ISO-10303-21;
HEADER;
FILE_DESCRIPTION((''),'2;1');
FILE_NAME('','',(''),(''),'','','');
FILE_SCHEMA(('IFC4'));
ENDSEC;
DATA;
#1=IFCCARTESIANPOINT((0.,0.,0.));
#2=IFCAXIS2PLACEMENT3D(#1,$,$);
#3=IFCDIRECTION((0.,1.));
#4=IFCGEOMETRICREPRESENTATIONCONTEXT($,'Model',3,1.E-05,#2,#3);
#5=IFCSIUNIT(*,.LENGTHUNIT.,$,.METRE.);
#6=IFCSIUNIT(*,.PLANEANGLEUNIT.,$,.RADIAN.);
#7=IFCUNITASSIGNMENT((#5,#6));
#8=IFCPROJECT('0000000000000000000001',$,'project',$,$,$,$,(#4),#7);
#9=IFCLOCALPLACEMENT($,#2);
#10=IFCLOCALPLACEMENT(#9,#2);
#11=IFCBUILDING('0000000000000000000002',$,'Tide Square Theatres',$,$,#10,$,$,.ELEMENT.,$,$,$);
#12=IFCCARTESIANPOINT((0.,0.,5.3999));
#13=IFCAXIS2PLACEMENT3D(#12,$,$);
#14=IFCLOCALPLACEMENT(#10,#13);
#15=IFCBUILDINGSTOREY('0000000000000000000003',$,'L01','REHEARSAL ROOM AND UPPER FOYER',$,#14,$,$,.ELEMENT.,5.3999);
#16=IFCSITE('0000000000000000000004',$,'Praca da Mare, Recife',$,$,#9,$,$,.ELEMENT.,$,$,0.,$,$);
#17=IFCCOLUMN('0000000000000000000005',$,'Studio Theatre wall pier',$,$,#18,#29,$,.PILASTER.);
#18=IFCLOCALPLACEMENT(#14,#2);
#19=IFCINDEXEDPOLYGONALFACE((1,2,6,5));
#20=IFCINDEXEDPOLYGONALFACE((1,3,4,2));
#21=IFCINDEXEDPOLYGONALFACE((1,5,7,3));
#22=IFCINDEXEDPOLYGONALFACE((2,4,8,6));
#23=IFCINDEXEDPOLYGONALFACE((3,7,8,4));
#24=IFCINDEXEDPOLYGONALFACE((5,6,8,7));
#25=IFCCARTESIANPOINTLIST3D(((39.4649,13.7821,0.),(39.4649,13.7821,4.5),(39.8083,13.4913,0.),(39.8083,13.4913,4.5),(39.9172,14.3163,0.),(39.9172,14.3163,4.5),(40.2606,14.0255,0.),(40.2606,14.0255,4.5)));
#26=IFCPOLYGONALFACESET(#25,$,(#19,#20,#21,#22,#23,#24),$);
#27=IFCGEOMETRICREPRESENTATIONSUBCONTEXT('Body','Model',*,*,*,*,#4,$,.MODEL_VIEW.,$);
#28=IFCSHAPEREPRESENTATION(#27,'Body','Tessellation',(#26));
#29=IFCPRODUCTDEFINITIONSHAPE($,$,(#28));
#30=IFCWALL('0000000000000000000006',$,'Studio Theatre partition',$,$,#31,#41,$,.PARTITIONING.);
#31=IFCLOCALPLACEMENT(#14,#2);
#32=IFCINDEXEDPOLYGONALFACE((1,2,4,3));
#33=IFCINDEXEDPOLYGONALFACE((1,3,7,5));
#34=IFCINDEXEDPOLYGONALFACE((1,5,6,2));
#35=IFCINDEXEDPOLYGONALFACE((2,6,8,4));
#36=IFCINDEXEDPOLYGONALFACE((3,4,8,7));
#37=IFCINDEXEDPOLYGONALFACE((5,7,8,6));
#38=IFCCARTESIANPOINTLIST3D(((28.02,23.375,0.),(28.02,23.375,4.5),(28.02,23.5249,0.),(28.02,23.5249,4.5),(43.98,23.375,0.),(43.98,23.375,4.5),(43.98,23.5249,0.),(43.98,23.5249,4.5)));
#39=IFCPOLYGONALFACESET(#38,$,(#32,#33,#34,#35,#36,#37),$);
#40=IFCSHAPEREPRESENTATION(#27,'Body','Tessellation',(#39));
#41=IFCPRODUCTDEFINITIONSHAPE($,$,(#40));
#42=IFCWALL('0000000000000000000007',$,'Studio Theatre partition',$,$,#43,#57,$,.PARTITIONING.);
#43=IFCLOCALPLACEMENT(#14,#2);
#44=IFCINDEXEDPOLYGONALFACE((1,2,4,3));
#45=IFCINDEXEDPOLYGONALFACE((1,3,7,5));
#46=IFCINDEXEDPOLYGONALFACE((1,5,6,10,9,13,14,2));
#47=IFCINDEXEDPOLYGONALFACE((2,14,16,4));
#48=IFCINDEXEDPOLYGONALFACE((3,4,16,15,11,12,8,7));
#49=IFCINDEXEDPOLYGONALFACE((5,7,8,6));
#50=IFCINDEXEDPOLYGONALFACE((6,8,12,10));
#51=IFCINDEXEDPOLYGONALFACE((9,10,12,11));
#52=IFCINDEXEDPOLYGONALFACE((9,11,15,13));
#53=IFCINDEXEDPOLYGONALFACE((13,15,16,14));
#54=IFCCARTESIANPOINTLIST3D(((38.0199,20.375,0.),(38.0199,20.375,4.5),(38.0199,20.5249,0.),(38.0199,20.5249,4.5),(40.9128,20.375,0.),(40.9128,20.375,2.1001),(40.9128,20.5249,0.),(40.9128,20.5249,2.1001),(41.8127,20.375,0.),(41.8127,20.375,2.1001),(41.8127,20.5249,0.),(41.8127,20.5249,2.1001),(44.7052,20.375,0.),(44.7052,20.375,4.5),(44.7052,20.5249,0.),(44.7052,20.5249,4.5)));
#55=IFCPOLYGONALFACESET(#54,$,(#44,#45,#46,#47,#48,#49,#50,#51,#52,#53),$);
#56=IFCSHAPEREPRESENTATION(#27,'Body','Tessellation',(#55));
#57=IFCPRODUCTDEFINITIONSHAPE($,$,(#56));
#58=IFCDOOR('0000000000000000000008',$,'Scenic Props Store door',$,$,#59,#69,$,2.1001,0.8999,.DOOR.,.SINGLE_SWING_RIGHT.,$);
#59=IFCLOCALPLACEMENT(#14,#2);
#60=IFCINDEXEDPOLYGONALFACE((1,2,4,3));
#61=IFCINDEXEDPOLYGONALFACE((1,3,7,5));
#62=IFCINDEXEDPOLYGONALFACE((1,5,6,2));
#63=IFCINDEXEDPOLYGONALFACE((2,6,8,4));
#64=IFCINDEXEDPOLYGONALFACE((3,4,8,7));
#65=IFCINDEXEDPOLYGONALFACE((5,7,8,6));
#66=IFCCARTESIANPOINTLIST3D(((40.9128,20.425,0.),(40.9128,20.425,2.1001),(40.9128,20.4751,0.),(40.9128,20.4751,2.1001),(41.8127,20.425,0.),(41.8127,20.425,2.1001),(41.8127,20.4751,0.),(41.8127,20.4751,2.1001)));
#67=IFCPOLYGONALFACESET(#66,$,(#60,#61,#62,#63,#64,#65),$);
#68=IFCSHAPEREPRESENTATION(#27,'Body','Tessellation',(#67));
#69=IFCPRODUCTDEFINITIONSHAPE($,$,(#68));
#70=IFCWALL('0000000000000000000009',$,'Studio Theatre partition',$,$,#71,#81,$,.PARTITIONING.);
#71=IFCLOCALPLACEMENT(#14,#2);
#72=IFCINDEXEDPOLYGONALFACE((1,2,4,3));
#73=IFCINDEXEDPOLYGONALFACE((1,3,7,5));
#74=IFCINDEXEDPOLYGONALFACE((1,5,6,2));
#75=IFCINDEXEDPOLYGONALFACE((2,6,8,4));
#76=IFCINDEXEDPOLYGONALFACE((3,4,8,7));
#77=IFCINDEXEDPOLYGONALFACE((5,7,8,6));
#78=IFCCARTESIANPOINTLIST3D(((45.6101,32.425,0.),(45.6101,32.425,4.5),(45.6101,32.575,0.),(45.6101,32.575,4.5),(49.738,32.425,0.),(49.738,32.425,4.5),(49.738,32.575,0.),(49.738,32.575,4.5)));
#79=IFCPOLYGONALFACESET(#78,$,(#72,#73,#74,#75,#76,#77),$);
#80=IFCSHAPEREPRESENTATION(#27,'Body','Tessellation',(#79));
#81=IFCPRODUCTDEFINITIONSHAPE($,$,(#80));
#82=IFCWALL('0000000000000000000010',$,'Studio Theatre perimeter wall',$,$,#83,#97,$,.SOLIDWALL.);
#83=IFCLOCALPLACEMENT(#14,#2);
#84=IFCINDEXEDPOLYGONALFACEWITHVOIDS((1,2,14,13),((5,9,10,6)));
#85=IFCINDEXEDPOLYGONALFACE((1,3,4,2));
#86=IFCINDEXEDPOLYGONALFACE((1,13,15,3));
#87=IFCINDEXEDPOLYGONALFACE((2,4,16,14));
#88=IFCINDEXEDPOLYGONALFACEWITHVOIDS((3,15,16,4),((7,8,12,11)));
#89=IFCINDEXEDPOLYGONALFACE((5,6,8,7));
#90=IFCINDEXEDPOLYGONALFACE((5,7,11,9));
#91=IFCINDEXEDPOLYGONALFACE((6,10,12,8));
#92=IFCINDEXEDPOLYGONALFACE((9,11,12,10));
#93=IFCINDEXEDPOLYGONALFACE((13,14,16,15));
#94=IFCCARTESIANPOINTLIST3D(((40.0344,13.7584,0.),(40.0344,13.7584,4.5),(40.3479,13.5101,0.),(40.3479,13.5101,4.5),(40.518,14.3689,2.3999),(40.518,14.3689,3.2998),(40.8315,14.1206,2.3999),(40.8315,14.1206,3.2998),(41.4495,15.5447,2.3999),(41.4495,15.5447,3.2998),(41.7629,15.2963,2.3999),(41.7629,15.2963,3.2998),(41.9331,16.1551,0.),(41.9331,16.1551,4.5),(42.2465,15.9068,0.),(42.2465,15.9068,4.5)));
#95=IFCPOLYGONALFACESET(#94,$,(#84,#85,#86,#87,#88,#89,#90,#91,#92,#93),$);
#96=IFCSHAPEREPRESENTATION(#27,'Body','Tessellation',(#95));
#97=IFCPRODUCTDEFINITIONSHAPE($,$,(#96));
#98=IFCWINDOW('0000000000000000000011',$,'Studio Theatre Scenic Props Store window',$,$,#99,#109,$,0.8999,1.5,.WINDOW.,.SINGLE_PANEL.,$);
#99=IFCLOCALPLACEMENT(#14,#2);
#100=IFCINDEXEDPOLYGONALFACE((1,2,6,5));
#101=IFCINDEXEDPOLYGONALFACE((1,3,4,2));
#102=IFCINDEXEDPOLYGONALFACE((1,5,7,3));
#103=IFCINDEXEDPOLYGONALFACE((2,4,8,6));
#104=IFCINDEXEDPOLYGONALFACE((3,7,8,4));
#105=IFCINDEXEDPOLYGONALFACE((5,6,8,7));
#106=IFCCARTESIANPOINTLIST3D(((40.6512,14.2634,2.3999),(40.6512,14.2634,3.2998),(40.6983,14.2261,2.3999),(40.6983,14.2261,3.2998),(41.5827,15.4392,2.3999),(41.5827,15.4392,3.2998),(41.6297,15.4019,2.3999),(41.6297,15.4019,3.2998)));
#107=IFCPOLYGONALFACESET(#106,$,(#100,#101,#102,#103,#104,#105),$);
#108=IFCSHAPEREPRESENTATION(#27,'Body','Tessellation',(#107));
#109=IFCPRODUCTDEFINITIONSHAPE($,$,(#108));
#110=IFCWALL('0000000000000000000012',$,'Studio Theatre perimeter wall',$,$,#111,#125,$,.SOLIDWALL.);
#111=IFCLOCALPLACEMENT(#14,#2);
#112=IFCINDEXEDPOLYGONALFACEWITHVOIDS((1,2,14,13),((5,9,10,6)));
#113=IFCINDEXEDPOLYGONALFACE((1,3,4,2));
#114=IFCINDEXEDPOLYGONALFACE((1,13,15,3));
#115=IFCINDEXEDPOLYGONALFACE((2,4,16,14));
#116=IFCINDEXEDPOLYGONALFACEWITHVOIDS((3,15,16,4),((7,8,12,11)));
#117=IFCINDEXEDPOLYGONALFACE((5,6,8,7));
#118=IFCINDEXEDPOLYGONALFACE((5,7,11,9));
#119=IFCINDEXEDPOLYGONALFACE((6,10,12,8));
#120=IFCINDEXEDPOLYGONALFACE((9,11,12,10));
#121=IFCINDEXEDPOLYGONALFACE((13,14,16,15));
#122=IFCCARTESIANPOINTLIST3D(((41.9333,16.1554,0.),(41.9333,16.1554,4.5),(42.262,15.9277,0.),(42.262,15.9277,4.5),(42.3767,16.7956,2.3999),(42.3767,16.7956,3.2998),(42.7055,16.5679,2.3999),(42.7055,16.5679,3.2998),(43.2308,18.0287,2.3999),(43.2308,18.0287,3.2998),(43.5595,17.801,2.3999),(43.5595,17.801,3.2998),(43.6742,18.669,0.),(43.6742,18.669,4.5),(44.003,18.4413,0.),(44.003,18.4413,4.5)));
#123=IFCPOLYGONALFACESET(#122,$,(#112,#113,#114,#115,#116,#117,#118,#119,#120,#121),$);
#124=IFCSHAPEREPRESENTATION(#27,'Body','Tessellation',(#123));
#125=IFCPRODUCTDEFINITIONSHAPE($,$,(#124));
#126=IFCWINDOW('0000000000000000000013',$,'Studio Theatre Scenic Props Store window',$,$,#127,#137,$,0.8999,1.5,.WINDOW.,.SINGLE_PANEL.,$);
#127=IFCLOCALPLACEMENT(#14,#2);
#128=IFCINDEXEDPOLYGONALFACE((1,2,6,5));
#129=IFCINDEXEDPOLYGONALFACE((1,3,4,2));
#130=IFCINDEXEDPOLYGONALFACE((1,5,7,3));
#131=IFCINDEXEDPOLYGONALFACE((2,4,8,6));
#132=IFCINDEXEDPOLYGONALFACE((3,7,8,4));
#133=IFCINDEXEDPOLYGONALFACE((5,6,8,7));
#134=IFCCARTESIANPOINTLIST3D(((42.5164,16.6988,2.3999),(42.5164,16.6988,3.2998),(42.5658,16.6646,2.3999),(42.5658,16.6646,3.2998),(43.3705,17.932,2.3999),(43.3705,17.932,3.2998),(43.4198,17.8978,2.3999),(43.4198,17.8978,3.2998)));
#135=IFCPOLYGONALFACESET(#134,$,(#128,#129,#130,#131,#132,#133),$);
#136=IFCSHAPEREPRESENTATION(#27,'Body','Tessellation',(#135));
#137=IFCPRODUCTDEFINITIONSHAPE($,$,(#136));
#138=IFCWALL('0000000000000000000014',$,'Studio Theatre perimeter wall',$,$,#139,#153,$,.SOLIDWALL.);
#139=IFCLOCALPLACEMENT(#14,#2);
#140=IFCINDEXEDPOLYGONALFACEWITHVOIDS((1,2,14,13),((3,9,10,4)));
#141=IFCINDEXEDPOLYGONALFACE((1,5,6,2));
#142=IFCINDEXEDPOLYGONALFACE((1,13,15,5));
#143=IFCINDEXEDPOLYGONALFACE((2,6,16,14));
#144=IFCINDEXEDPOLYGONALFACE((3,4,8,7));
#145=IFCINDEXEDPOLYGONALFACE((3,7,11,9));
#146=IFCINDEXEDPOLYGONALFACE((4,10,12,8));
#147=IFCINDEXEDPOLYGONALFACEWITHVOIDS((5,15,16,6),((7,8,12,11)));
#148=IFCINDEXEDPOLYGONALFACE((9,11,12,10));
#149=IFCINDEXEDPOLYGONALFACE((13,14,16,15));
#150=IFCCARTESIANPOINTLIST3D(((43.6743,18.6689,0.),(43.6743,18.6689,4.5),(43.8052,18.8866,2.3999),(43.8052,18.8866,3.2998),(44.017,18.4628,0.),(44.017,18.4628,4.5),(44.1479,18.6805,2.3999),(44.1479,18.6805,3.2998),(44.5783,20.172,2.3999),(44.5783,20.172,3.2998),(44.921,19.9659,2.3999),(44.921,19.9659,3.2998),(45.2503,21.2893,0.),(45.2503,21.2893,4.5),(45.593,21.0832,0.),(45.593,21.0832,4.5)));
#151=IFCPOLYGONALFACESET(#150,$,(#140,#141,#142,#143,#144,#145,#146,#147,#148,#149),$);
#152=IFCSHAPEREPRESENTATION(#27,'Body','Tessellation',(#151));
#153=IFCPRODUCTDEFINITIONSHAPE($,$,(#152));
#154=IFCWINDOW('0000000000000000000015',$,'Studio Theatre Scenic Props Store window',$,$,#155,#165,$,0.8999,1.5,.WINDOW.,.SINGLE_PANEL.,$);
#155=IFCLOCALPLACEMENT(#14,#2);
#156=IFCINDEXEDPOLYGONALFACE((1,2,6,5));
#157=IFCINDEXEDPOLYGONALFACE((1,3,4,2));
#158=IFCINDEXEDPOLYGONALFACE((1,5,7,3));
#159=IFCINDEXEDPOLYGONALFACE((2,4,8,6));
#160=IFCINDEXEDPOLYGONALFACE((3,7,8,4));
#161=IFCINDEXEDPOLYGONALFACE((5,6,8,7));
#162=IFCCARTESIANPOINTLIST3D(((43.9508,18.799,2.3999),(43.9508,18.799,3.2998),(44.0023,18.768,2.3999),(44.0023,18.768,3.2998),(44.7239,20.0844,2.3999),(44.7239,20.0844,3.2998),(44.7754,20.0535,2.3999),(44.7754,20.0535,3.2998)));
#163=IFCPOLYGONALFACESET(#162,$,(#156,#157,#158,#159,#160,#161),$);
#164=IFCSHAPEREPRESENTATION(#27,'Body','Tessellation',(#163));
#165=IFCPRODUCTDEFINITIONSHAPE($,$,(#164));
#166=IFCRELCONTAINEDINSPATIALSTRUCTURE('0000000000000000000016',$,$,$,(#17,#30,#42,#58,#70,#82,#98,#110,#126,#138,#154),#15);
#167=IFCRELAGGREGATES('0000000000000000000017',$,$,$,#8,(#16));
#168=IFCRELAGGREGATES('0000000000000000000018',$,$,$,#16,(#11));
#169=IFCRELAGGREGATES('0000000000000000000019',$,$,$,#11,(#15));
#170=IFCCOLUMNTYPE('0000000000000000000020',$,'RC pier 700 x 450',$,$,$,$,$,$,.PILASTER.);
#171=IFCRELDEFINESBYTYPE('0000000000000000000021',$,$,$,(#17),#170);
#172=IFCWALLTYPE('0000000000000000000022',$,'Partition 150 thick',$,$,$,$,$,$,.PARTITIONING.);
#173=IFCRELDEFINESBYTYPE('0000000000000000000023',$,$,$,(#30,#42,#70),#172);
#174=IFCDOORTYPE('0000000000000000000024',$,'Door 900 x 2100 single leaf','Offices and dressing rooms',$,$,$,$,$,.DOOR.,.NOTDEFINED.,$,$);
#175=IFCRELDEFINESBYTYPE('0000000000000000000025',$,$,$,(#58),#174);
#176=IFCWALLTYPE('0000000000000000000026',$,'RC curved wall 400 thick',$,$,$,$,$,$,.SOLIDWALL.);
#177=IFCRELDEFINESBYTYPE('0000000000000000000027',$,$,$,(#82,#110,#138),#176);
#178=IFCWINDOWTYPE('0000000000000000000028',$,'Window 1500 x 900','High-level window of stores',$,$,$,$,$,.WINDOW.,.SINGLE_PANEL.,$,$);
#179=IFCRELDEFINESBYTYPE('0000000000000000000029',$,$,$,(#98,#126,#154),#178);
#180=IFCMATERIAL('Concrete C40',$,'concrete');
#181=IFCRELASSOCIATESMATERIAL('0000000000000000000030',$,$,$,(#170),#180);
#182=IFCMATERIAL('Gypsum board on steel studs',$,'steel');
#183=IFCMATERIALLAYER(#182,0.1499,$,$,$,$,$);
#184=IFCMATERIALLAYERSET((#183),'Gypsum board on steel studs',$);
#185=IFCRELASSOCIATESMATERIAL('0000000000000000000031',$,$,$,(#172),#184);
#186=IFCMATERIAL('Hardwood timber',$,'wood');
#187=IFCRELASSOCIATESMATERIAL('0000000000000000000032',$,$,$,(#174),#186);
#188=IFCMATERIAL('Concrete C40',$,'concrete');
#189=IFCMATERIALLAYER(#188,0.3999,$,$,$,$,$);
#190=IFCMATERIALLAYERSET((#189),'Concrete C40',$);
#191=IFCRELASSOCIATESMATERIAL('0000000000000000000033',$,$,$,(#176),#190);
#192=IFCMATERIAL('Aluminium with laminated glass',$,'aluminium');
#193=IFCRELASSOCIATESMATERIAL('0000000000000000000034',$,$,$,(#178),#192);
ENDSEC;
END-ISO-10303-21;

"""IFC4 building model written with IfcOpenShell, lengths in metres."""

from ifc_helpers import new_model, si_unit, direction, frame, frame_2d, origin, origin_2d, place, context, subcontext, project, spatial, rectangle, extrude, material, layer, layer_set, material_profile, profile_set, type_object, element, fill, save


model = new_model("IFC4")

# Units and contexts
model_context = context("Model", 3, precision=1e-05, world=origin(), true_north=direction((0.0, 1.0)))
body_context = subcontext(model_context, "Body", "Model", "MODEL_VIEW")
ifc_project = project(units=[si_unit("LENGTHUNIT", "METRE"), si_unit("PLANEANGLEUNIT", "RADIAN")], contexts=[model_context])

# Site, building, storey
site_placement = place(None, origin())
site = spatial("IfcSite", under=ifc_project, at=site_placement, Name="Praca da Mare, Recife", CompositionType="ELEMENT", RefElevation=0.0)
building_placement = place(site_placement, origin())
building = spatial("IfcBuilding", under=site, at=building_placement, Name="Tide Square Theatres", CompositionType="ELEMENT")
storey_placement = place(building_placement, frame((0.0, 0.0, 5.3999)))
storey = spatial("IfcBuildingStorey", under=building, at=storey_placement, Name="L01", Description="REHEARSAL ROOM AND UPPER FOYER", CompositionType="ELEMENT", Elevation=5.3999)

# Column
ifc_material_1 = material(Name="Concrete C40", Category="concrete")
ifc_material_profile = material_profile(ifc_material_1, rectangle(XDim=0.7, YDim=0.45, at=origin_2d()))
ifc_profile_set = profile_set([ifc_material_profile], Name="Concrete C40")
column_type = type_object("IfcColumnType", Name="RC pier 700 x 450", PredefinedType="PILASTER", material=ifc_profile_set)
column_placement = place(storey_placement, frame((39.8628, 13.9038, 0.0), z_axis=(0.0, 0.0, 1.0), x_axis=(0.646184, 0.763182, 0.0)))
element("IfcColumn", 1, at=column_placement, inside=storey, type_object=column_type, Name="Studio Theatre wall pier", PredefinedType="PILASTER", context=body_context, shape_type="SweptSolid", body=[
    extrude(rectangle(XDim=0.7, YDim=0.45, at=origin_2d()), origin(), (0.0, 0.0, 1.0), 4.5),
])

# Wall
ifc_material_2 = material(Name="Gypsum board on steel studs", Category="steel")
ifc_layer_1 = layer(ifc_material_2, 0.1499)
ifc_layer_set_1 = layer_set([ifc_layer_1], Name="Gypsum board on steel studs")
wall_type_1 = type_object("IfcWallType", Name="Partition 150 thick", PredefinedType="PARTITIONING", material=ifc_layer_set_1)
wall_1_placement = place(storey_placement, frame((43.98, 23.45, 0.0), z_axis=(0.0, 0.0, 1.0), x_axis=(-1.0, 0.0, 0.0)))
element("IfcWall", 2, at=wall_1_placement, inside=storey, type_object=wall_type_1, Name="Studio Theatre partition", PredefinedType="PARTITIONING", context=body_context, shape_type="SweptSolid", body=[
    extrude(rectangle(XDim=15.96, YDim=0.1499, at=frame_2d((7.98, 0.0))), origin(), (0.0, 0.0, 1.0), 4.5),
])

# Wall, opening, door
wall_2_placement = place(storey_placement, frame((44.7053, 20.45, 0.0), z_axis=(0.0, 0.0, 1.0), x_axis=(-1.0, 0.0, 0.0)))
wall_2 = element("IfcWall", 3, at=wall_2_placement, inside=storey, type_object=wall_type_1, Name="Studio Theatre partition", PredefinedType="PARTITIONING", context=body_context, shape_type="SweptSolid", body=[
    extrude(rectangle(XDim=6.6853, YDim=0.1499, at=frame_2d((3.3428, 0.0))), origin(), (0.0, 0.0, 1.0), 4.5),
])
opening_1_placement = place(wall_2_placement, frame((2.8926, 0.0, 0.0)))
opening_1 = element("IfcOpeningElement", 4, at=opening_1_placement, cuts=wall_2, PredefinedType="OPENING", context=body_context, shape_type="SweptSolid", body=[
    extrude(rectangle(XDim=0.8999, YDim=2.1001, at=frame_2d((0.45, 1.05))), frame((0.0, 0.085, 0.0), z_axis=(0.0, -1.0, 0.0), x_axis=(1.0, 0.0, 0.0)), (0.0, 0.0, 1.0), 0.1699),
])
ifc_material_3 = material(Name="Hardwood timber", Category="wood")
door_type = type_object("IfcDoorType", Name="Door 900 x 2100 single leaf", Description="Offices and dressing rooms", OperationType="NOTDEFINED", PredefinedType="DOOR", material=ifc_material_3)
door_placement = place(opening_1_placement, origin())
door = element("IfcDoor", 5, at=door_placement, inside=storey, type_object=door_type, Name="Scenic Props Store door", OperationType="SINGLE_SWING_RIGHT", OverallHeight=2.1001, OverallWidth=0.8999, PredefinedType="DOOR", context=body_context, shape_type="SweptSolid", body=[
    extrude(rectangle(XDim=0.8999, YDim=2.1001, at=frame_2d((0.45, 1.05))), frame((0.0, 0.0249, 0.0), z_axis=(0.0, -1.0, 0.0), x_axis=(1.0, 0.0, 0.0)), (0.0, 0.0, 1.0), 0.05),
])
fill(opening_1, door)

# Wall
wall_3_placement = place(storey_placement, frame((45.6101, 32.5, 0.0), z_axis=(0.0, 0.0, 1.0), x_axis=(1.0, 0.0, 0.0)))
element("IfcWall", 6, at=wall_3_placement, inside=storey, type_object=wall_type_1, Name="Studio Theatre partition", PredefinedType="PARTITIONING", context=body_context, shape_type="SweptSolid", body=[
    extrude(rectangle(XDim=4.1279, YDim=0.1499, at=frame_2d((2.064, 0.0))), origin(), (0.0, 0.0, 1.0), 4.5),
])

# Walls, openings, windows
ifc_material_4 = material(Name="Concrete C40", Category="concrete")
ifc_layer_2 = layer(ifc_material_4, 0.3999)
ifc_layer_set_2 = layer_set([ifc_layer_2], Name="Concrete C40")
wall_type_2 = type_object("IfcWallType", Name="RC curved wall 400 thick", PredefinedType="SOLIDWALL", material=ifc_layer_set_2)
wall_4_placement = place(storey_placement, frame((40.1912, 13.6343, 0.0), z_axis=(0.0, 0.0, 1.0), x_axis=(0.620959, 0.783843, 0.0)))
wall_4 = element("IfcWall", 7, at=wall_4_placement, inside=storey, type_object=wall_type_2, Name="Studio Theatre perimeter wall", PredefinedType="SOLIDWALL", context=body_context, shape_type="SweptSolid", body=[
    extrude(rectangle(XDim=3.0576, YDim=0.3999, at=frame_2d((1.5288, 0.0))), origin(), (0.0, 0.0, 1.0), 4.5),
])
opening_2_placement = place(wall_4_placement, frame((0.7788, 0.0, 2.3999)))
opening_2 = element("IfcOpeningElement", 8, at=opening_2_placement, cuts=wall_4, PredefinedType="OPENING", context=body_context, shape_type="SweptSolid", body=[
    extrude(rectangle(XDim=1.5, YDim=0.8999, at=frame_2d((0.75, 0.45))), frame((0.0, 0.21, 0.0), z_axis=(0.0, -1.0, 0.0), x_axis=(1.0, 0.0, 0.0)), (0.0, 0.0, 1.0), 0.4199),
])
ifc_material_5 = material(Name="Aluminium with laminated glass", Category="aluminium")
window_type = type_object("IfcWindowType", Name="Window 1500 x 900", Description="High-level window of stores", PartitioningType="SINGLE_PANEL", PredefinedType="WINDOW", material=ifc_material_5)
window_1_placement = place(opening_2_placement, origin())
window_1 = element("IfcWindow", 9, at=window_1_placement, inside=storey, type_object=window_type, Name="Studio Theatre Scenic Props Store window", OverallHeight=0.8999, OverallWidth=1.5, PartitioningType="SINGLE_PANEL", PredefinedType="WINDOW", context=body_context, shape_type="SweptSolid", body=[
    extrude(rectangle(XDim=1.5, YDim=0.8999, at=frame_2d((0.75, 0.45))), frame((0.0, 0.03, 0.0), z_axis=(0.0, -1.0, 0.0), x_axis=(1.0, 0.0, 0.0)), (0.0, 0.0, 1.0), 0.0601),
])
fill(opening_2, window_1)
wall_5_placement = place(storey_placement, frame((42.0977, 16.0415, 0.0), z_axis=(0.0, 0.0, 1.0), x_axis=(0.569372, 0.82208, 0.0)))
wall_5 = element("IfcWall", 10, at=wall_5_placement, inside=storey, type_object=wall_type_2, Name="Studio Theatre perimeter wall", PredefinedType="SOLIDWALL", context=body_context, shape_type="SweptSolid", body=[
    extrude(rectangle(XDim=3.0576, YDim=0.3999, at=frame_2d((1.5288, 0.0))), origin(), (0.0, 0.0, 1.0), 4.5),
])
opening_3_placement = place(wall_5_placement, frame((0.7788, 0.0, 2.3999)))
opening_3 = element("IfcOpeningElement", 11, at=opening_3_placement, cuts=wall_5, PredefinedType="OPENING", context=body_context, shape_type="SweptSolid", body=[
    extrude(rectangle(XDim=1.5, YDim=0.8999, at=frame_2d((0.75, 0.45))), frame((0.0, 0.21, 0.0), z_axis=(0.0, -1.0, 0.0), x_axis=(1.0, 0.0, 0.0)), (0.0, 0.0, 1.0), 0.4199),
])
window_2_placement = place(opening_3_placement, origin())
window_2 = element("IfcWindow", 12, at=window_2_placement, inside=storey, type_object=window_type, Name="Studio Theatre Scenic Props Store window", OverallHeight=0.8999, OverallWidth=1.5, PartitioningType="SINGLE_PANEL", PredefinedType="WINDOW", context=body_context, shape_type="SweptSolid", body=[
    extrude(rectangle(XDim=1.5, YDim=0.8999, at=frame_2d((0.75, 0.45))), frame((0.0, 0.03, 0.0), z_axis=(0.0, -1.0, 0.0), x_axis=(1.0, 0.0, 0.0)), (0.0, 0.0, 1.0), 0.0601),
])
fill(opening_3, window_2)
wall_6_placement = place(storey_placement, frame((43.8457, 18.5659, 0.0), z_axis=(0.0, 0.0, 1.0), x_axis=(0.515388, 0.856957, 0.0)))
wall_6 = element("IfcWall", 13, at=wall_6_placement, inside=storey, type_object=wall_type_2, Name="Studio Theatre perimeter wall", PredefinedType="SOLIDWALL", context=body_context, shape_type="SweptSolid", body=[
    extrude(rectangle(XDim=3.0579, YDim=0.3999, at=frame_2d((1.5288, 0.0))), origin(), (0.0, 0.0, 1.0), 4.5),
])
opening_4_placement = place(wall_6_placement, frame((0.2539, 0.0, 2.3999)))
opening_4 = element("IfcOpeningElement", 14, at=opening_4_placement, cuts=wall_6, PredefinedType="OPENING", context=body_context, shape_type="SweptSolid", body=[
    extrude(rectangle(XDim=1.5, YDim=0.8999, at=frame_2d((0.75, 0.45))), frame((0.0, 0.21, 0.0), z_axis=(0.0, -1.0, 0.0), x_axis=(1.0, 0.0, 0.0)), (0.0, 0.0, 1.0), 0.4199),
])
window_3_placement = place(opening_4_placement, origin())
window_3 = element("IfcWindow", 15, at=window_3_placement, inside=storey, type_object=window_type, Name="Studio Theatre Scenic Props Store window", OverallHeight=0.8999, OverallWidth=1.5, PartitioningType="SINGLE_PANEL", PredefinedType="WINDOW", context=body_context, shape_type="SweptSolid", body=[
    extrude(rectangle(XDim=1.5, YDim=0.8999, at=frame_2d((0.75, 0.45))), frame((0.0, 0.03, 0.0), z_axis=(0.0, -1.0, 0.0), x_axis=(1.0, 0.0, 0.0)), (0.0, 0.0, 1.0), 0.0601),
])
fill(opening_4, window_3)

save(model, "model.ifc")
